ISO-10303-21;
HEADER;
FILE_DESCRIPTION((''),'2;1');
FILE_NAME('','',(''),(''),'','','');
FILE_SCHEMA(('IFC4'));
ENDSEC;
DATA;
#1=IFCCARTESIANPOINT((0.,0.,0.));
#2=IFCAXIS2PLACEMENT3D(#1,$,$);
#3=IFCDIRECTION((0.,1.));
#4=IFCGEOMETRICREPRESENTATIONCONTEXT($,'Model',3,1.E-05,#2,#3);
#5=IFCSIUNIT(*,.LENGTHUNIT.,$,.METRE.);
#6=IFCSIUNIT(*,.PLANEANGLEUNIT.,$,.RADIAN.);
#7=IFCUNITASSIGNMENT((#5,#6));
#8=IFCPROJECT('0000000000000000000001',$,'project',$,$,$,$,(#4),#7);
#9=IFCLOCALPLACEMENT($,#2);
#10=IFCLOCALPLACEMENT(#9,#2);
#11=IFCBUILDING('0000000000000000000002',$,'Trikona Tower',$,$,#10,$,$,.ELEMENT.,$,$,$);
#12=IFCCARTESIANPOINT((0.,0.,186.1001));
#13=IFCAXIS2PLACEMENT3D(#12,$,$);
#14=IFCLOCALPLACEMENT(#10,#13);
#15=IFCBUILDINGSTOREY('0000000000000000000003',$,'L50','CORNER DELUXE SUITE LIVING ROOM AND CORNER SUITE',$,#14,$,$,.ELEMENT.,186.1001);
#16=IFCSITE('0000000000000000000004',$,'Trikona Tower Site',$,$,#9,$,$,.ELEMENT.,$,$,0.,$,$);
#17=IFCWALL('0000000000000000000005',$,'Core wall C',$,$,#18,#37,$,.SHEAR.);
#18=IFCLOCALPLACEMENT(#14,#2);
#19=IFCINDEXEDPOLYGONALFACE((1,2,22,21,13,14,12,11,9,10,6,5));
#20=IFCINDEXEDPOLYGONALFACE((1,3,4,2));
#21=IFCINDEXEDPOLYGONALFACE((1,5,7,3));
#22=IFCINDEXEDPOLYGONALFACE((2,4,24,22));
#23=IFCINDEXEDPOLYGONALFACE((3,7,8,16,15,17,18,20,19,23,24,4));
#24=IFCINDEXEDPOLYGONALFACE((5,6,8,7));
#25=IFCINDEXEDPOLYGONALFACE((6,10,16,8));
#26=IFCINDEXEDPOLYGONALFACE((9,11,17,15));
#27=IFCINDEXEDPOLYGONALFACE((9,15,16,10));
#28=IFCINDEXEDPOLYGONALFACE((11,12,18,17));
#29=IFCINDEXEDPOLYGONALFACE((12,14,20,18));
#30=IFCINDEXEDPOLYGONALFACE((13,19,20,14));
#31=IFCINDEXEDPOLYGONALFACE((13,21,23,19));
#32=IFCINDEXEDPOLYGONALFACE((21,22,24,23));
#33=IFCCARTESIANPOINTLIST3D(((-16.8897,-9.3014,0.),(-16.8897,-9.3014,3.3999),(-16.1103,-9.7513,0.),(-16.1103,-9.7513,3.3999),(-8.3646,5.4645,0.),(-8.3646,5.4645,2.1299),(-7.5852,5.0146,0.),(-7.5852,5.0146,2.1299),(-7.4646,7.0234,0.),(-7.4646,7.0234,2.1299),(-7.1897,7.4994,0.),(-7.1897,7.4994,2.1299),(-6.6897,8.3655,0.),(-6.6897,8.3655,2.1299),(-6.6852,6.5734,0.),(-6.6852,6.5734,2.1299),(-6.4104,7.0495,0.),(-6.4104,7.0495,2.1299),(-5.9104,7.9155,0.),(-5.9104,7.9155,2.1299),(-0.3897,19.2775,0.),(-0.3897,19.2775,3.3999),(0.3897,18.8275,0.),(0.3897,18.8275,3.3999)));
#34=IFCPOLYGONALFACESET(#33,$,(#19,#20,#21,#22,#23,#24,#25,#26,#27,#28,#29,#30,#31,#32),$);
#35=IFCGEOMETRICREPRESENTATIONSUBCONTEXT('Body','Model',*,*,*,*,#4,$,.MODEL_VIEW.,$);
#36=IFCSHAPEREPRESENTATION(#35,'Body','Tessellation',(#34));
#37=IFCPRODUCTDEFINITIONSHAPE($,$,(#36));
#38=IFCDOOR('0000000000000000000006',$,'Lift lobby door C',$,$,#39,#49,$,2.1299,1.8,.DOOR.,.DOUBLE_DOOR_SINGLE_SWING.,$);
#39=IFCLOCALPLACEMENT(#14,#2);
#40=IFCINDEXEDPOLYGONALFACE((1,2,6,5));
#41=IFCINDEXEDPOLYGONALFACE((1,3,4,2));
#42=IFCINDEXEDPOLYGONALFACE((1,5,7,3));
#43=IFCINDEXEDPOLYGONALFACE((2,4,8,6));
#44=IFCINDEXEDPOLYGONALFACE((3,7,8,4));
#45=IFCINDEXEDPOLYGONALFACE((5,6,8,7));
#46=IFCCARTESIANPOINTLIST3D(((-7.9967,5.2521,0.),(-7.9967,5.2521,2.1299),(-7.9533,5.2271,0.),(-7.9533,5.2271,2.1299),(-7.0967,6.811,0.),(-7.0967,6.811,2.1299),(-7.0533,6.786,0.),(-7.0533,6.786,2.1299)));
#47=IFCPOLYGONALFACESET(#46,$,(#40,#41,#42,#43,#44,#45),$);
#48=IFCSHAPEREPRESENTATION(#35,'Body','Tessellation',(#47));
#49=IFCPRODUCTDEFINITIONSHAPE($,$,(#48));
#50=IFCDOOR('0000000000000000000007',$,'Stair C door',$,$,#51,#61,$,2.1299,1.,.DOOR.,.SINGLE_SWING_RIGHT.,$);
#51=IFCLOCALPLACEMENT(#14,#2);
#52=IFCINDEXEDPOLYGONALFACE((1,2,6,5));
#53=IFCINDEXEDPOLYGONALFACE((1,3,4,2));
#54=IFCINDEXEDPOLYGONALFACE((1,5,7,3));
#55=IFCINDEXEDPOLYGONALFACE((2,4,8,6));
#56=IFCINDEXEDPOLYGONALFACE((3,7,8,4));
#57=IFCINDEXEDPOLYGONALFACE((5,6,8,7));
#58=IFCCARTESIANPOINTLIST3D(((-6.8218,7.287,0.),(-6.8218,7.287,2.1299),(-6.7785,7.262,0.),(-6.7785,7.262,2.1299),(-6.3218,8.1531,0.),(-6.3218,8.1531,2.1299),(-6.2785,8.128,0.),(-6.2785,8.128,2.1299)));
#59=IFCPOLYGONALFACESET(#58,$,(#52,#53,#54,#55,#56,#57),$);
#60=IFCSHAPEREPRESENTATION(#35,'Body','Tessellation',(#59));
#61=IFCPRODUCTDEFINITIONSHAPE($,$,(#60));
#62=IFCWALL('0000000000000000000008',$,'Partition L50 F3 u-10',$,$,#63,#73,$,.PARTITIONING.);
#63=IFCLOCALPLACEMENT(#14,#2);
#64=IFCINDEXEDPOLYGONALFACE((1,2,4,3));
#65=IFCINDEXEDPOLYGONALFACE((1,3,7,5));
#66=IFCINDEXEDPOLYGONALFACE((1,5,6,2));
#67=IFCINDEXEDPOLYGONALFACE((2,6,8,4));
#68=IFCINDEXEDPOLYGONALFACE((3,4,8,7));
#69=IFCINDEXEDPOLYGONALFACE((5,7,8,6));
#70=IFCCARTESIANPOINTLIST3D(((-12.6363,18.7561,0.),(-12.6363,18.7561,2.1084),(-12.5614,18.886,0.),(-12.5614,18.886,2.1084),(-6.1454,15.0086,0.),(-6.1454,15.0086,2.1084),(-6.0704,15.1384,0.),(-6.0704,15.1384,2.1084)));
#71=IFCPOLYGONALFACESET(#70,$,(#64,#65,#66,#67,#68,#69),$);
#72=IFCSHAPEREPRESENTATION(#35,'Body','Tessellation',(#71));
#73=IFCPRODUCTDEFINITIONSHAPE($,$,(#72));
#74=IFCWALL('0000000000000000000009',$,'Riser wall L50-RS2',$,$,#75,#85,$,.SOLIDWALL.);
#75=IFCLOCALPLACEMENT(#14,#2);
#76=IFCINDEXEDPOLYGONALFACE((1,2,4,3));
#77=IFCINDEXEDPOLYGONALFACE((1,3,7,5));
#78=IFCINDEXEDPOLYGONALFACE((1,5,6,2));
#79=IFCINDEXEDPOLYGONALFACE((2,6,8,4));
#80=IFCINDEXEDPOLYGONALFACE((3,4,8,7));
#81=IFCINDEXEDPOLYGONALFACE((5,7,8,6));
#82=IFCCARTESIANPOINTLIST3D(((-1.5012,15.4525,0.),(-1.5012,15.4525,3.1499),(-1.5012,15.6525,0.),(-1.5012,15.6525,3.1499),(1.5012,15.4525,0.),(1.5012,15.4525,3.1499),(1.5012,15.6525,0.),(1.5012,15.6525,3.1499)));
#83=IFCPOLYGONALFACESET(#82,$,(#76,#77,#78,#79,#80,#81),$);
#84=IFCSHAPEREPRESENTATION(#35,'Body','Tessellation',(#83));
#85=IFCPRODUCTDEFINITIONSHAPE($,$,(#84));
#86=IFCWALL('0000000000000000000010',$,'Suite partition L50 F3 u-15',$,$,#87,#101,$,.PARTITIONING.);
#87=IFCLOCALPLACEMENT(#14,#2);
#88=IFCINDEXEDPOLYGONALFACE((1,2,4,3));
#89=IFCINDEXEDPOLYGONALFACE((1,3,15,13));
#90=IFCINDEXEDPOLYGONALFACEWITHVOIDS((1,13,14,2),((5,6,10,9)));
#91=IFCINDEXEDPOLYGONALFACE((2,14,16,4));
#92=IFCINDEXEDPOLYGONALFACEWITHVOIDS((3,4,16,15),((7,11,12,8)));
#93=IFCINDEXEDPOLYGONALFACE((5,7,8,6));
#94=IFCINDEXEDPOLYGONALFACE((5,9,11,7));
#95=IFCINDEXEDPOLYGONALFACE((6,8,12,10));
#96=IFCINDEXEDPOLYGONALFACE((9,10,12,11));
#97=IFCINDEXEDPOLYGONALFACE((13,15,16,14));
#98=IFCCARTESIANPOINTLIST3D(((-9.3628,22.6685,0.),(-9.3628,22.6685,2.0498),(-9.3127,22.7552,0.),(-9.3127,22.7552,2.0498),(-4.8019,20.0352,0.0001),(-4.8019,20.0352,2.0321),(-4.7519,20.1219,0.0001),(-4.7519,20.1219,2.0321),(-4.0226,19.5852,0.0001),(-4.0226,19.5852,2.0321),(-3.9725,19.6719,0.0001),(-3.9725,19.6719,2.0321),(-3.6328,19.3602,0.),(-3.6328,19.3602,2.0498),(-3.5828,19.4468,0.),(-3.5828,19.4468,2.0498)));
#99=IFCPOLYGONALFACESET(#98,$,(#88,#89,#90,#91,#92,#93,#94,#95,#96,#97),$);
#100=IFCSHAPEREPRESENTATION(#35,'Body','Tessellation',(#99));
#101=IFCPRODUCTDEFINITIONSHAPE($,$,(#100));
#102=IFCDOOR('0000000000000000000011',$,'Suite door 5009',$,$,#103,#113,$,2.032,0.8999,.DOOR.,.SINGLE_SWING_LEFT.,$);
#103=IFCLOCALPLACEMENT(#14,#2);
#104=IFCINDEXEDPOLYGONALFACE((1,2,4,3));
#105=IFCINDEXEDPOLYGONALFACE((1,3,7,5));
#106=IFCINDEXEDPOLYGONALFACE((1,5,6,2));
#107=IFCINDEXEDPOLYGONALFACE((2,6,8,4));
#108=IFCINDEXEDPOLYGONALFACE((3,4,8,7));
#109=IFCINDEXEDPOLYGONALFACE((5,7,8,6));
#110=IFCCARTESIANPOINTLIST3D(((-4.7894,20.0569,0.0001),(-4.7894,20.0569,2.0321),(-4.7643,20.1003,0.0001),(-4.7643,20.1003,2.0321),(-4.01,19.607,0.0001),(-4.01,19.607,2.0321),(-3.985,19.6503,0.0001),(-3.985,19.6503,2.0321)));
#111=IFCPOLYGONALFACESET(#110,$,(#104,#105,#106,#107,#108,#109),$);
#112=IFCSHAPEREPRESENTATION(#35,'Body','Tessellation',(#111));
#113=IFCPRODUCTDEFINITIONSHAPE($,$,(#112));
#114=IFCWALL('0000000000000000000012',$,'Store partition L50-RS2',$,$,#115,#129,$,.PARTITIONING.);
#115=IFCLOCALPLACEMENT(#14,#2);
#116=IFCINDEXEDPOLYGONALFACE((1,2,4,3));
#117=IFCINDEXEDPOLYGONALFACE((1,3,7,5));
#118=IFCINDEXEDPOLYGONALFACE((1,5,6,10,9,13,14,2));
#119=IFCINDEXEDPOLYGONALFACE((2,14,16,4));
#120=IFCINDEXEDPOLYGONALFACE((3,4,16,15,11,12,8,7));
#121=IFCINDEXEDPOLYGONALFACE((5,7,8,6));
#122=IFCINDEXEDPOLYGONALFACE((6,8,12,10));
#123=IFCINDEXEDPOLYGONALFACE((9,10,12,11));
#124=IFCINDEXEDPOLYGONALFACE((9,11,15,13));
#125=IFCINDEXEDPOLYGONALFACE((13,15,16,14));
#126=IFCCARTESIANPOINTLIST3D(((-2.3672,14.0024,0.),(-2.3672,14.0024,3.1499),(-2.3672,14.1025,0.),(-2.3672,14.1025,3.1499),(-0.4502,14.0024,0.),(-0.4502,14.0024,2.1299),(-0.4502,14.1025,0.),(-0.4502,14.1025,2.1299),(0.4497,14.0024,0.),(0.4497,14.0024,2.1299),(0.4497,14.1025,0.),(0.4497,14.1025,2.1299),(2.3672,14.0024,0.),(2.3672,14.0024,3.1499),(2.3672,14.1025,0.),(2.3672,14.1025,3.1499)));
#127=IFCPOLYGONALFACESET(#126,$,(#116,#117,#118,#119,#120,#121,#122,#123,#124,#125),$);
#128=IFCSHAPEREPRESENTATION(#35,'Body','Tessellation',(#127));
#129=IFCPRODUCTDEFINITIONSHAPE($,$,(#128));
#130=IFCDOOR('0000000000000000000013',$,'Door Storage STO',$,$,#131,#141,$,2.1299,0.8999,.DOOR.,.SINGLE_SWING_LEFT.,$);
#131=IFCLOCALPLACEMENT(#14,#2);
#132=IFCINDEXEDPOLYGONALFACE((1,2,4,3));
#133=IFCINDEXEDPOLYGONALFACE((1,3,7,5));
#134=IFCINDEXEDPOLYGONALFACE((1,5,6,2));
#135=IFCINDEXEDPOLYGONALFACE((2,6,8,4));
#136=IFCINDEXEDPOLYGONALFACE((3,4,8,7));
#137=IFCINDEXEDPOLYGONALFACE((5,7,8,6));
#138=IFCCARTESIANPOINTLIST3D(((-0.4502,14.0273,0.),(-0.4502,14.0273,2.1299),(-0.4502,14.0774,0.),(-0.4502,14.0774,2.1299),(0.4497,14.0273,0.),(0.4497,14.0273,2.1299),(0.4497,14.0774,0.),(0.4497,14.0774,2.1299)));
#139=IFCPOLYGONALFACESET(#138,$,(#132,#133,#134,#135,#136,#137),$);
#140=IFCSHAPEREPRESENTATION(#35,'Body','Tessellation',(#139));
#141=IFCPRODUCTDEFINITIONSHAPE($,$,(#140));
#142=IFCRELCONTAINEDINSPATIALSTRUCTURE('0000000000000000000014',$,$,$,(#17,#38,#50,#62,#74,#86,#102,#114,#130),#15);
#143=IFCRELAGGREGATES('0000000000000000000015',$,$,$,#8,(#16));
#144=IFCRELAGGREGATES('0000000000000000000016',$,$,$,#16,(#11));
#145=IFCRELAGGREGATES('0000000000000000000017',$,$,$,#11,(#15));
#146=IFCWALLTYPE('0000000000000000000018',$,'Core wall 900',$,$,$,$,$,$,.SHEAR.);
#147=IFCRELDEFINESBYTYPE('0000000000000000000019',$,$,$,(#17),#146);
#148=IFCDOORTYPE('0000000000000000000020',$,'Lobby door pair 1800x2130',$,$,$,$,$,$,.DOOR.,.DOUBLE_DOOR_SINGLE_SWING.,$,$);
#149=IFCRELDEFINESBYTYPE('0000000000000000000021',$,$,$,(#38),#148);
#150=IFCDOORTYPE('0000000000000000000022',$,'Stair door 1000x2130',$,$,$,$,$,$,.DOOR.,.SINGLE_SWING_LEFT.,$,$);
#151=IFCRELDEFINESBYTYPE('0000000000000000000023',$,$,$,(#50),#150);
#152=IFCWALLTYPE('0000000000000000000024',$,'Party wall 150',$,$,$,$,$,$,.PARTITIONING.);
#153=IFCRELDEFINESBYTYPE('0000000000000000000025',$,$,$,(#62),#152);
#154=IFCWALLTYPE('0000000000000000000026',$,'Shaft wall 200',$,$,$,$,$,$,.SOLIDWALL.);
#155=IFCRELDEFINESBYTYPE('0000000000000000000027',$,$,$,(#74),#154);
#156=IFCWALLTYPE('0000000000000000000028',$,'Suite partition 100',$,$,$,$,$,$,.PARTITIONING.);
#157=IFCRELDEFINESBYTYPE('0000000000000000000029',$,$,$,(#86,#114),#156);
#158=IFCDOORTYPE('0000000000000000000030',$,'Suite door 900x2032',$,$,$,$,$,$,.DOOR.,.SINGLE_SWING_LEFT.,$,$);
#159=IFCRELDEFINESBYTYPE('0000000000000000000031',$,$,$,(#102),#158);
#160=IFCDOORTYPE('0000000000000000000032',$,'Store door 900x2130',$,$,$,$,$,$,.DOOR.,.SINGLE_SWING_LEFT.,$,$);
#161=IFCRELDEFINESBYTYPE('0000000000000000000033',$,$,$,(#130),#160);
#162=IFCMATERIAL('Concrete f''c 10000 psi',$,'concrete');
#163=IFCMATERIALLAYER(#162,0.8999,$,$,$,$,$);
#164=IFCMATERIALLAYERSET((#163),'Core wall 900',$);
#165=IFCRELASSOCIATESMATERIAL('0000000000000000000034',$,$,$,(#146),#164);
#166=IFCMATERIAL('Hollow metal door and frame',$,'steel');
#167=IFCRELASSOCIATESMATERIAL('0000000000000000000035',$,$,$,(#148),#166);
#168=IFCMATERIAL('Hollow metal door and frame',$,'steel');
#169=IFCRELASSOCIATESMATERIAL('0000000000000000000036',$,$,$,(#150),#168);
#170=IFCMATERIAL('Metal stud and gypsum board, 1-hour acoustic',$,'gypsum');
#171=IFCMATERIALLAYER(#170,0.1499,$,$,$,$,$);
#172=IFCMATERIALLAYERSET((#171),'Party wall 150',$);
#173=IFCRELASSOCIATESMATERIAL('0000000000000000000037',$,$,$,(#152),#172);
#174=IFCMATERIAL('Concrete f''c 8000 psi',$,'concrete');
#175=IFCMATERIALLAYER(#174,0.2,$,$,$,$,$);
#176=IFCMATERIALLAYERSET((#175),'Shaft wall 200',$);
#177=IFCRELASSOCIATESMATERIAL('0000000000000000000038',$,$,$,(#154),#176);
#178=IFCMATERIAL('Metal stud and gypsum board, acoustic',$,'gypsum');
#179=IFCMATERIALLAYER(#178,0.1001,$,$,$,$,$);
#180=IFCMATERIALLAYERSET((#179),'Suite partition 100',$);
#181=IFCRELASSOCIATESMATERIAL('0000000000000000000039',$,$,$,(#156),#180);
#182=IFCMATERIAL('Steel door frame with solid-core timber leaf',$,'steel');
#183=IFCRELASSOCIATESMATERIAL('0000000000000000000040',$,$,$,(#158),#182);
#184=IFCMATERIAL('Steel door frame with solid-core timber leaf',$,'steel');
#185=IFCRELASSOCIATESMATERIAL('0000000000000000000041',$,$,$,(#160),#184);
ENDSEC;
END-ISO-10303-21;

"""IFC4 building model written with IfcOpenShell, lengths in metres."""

from ifc_helpers import new_model, si_unit, direction, frame, frame_2d, origin, place, context, subcontext, project, spatial, rectangle, extrude, material, layer, layer_set, type_object, element, fill, save


model = new_model("IFC4")

# Units and contexts
model_context = context("Model", 3, precision=1e-05, world=origin(), true_north=direction((0.0, 1.0)))
body_context = subcontext(model_context, "Body", "Model", "MODEL_VIEW")
ifc_project = project(units=[si_unit("LENGTHUNIT", "METRE"), si_unit("PLANEANGLEUNIT", "RADIAN")], contexts=[model_context])

# Site, building, storey
site_placement = place(None, origin())
site = spatial("IfcSite", under=ifc_project, at=site_placement, Name="Trikona Tower Site", CompositionType="ELEMENT", RefElevation=0.0)
building_placement = place(site_placement, origin())
building = spatial("IfcBuilding", under=site, at=building_placement, Name="Trikona Tower", CompositionType="ELEMENT")
storey_placement = place(building_placement, frame((0.0, 0.0, 186.1001)))
storey = spatial("IfcBuildingStorey", under=building, at=storey_placement, Name="L50", Description="CORNER DELUXE SUITE LIVING ROOM AND CORNER SUITE", CompositionType="ELEMENT", Elevation=186.1001)

# Wall, openings, doors
ifc_material_1 = material(Name="Concrete f'c 10000 psi", Category="concrete")
ifc_layer_1 = layer(ifc_material_1, 0.8999)
ifc_layer_set_1 = layer_set([ifc_layer_1], Name="Core wall 900")
wall_type_1 = type_object("IfcWallType", Name="Core wall 900", PredefinedType="SHEAR", material=ifc_layer_set_1)
wall_1_placement = place(storey_placement, frame((0.0, 19.0525, 0.0), z_axis=(0.0, 0.0, 1.0), x_axis=(-0.5, -0.866026, 0.0)))
wall_1 = element("IfcWall", 1, at=wall_1_placement, inside=storey, type_object=wall_type_1, Name="Core wall C", PredefinedType="SHEAR", context=body_context, shape_type="SweptSolid", body=[
    extrude(rectangle(XDim=33.0, YDim=0.8999, at=frame_2d((16.5, 0.0))), origin(), (0.0, 0.0, 1.0), 3.3999),
])
opening_1_placement = place(wall_1_placement, frame((14.1499, 0.0, 0.0)))
opening_1 = element("IfcOpeningElement", 2, at=opening_1_placement, cuts=wall_1, PredefinedType="OPENING", context=body_context, shape_type="SweptSolid", body=[
    extrude(rectangle(XDim=1.8, YDim=2.1299, at=frame_2d((0.8999, 1.0649))), frame((0.0, 0.46, 0.0), z_axis=(0.0, -1.0, 0.0), x_axis=(1.0, 0.0, 0.0)), (0.0, 0.0, 1.0), 0.9199),
])
opening_2_placement = place(wall_1_placement, frame((12.6001, 0.0, 0.0)))
opening_2 = element("IfcOpeningElement", 3, at=opening_2_placement, cuts=wall_1, PredefinedType="OPENING", context=body_context, shape_type="SweptSolid", body=[
    extrude(rectangle(XDim=1.0, YDim=2.1299, at=frame_2d((0.5, 1.0649))), frame((0.0, 0.46, 0.0), z_axis=(0.0, -1.0, 0.0), x_axis=(1.0, 0.0, 0.0)), (0.0, 0.0, 1.0), 0.9199),
])
ifc_material_2 = material(Name="Hollow metal door and frame", Category="steel")
door_type_1 = type_object("IfcDoorType", Name="Lobby door pair 1800x2130", OperationType="DOUBLE_DOOR_SINGLE_SWING", PredefinedType="DOOR", material=ifc_material_2)
door_1_placement = place(opening_1_placement, origin())
door_1 = element("IfcDoor", 4, at=door_1_placement, inside=storey, type_object=door_type_1, Name="Lift lobby door C", OperationType="DOUBLE_DOOR_SINGLE_SWING", OverallHeight=2.1299, OverallWidth=1.8, PredefinedType="DOOR", context=body_context, shape_type="SweptSolid", body=[
    extrude(rectangle(XDim=1.8, YDim=2.1299, at=frame_2d((0.8999, 1.0649))), frame((0.0, 0.0249, 0.0), z_axis=(0.0, -1.0, 0.0), x_axis=(1.0, 0.0, 0.0)), (0.0, 0.0, 1.0), 0.05),
])
fill(opening_1, door_1)
ifc_material_3 = material(Name="Hollow metal door and frame", Category="steel")
door_type_2 = type_object("IfcDoorType", Name="Stair door 1000x2130", OperationType="SINGLE_SWING_LEFT", PredefinedType="DOOR", material=ifc_material_3)
door_2_placement = place(opening_2_placement, origin())
door_2 = element("IfcDoor", 5, at=door_2_placement, inside=storey, type_object=door_type_2, Name="Stair C door", OperationType="SINGLE_SWING_RIGHT", OverallHeight=2.1299, OverallWidth=1.0, PredefinedType="DOOR", context=body_context, shape_type="SweptSolid", body=[
    extrude(rectangle(XDim=1.0, YDim=2.1299, at=frame_2d((0.5, 1.0649))), frame((0.0, 0.0249, 0.0), z_axis=(0.0, -1.0, 0.0), x_axis=(1.0, 0.0, 0.0)), (0.0, 0.0, 1.0), 0.05),
])
fill(opening_2, door_2)

# Walls
ifc_material_4 = material(Name="Metal stud and gypsum board, 1-hour acoustic", Category="gypsum")
ifc_layer_2 = layer(ifc_material_4, 0.1499)
ifc_layer_set_2 = layer_set([ifc_layer_2], Name="Party wall 150")
wall_type_2 = type_object("IfcWallType", Name="Party wall 150", PredefinedType="PARTITIONING", material=ifc_layer_set_2)
wall_2_placement = place(storey_placement, frame((-6.1079, 15.0735, 0.0), z_axis=(0.0, 0.0, 1.0), x_axis=(-0.866026, 0.5, 0.0)))
element("IfcWall", 6, at=wall_2_placement, inside=storey, type_object=wall_type_2, Name="Partition L50 F3 u-10", PredefinedType="PARTITIONING", context=body_context, shape_type="SweptSolid", body=[
    extrude(rectangle(XDim=7.4951, YDim=0.1499, at=frame_2d((3.7476, 0.0))), origin(), (0.0, 0.0, 1.0), 2.1084),
])
ifc_material_5 = material(Name="Concrete f'c 8000 psi", Category="concrete")
ifc_layer_3 = layer(ifc_material_5, 0.2)
ifc_layer_set_3 = layer_set([ifc_layer_3], Name="Shaft wall 200")
wall_type_3 = type_object("IfcWallType", Name="Shaft wall 200", PredefinedType="SOLIDWALL", material=ifc_layer_set_3)
wall_3_placement = place(storey_placement, frame((-1.5012, 15.5525, 0.0), z_axis=(0.0, 0.0, 1.0), x_axis=(1.0, 0.0, 0.0)))
element("IfcWall", 7, at=wall_3_placement, inside=storey, type_object=wall_type_3, Name="Riser wall L50-RS2", PredefinedType="SOLIDWALL", context=body_context, shape_type="SweptSolid", body=[
    extrude(rectangle(XDim=3.0024, YDim=0.2, at=frame_2d((1.5012, 0.0))), origin(), (0.0, 0.0, 1.0), 3.1499),
])

# Walls, openings, doors
ifc_material_6 = material(Name="Metal stud and gypsum board, acoustic", Category="gypsum")
ifc_layer_4 = layer(ifc_material_6, 0.1001)
ifc_layer_set_4 = layer_set([ifc_layer_4], Name="Suite partition 100")
wall_type_4 = type_object("IfcWallType", Name="Suite partition 100", PredefinedType="PARTITIONING", material=ifc_layer_set_4)
wall_4_placement = place(storey_placement, frame((-3.6079, 19.4036, 0.0), z_axis=(0.0, 0.0, 1.0), x_axis=(-0.866016, 0.500016, 0.0)))
wall_4 = element("IfcWall", 8, at=wall_4_placement, inside=storey, type_object=wall_type_4, Name="Suite partition L50 F3 u-15", PredefinedType="PARTITIONING", context=body_context, shape_type="SweptSolid", body=[
    extrude(rectangle(XDim=6.6165, YDim=0.1001, at=frame_2d((3.3081, 0.0))), origin(), (0.0, 0.0, 1.0), 2.0498),
])
opening_3_placement = place(wall_4_placement, frame((0.45, 0.0, 0.0)))
opening_3 = element("IfcOpeningElement", 9, at=opening_3_placement, cuts=wall_4, PredefinedType="OPENING", context=body_context, shape_type="SweptSolid", body=[
    extrude(rectangle(XDim=0.8999, YDim=2.032, at=frame_2d((0.45, 1.0161))), frame((0.0, 0.0601, 0.0), z_axis=(0.0, -1.0, 0.0), x_axis=(1.0, 0.0, 0.0)), (0.0, 0.0, 1.0), 0.1201),
])
ifc_material_7 = material(Name="Steel door frame with solid-core timber leaf", Category="steel")
door_type_3 = type_object("IfcDoorType", Name="Suite door 900x2032", OperationType="SINGLE_SWING_LEFT", PredefinedType="DOOR", material=ifc_material_7)
door_3_placement = place(opening_3_placement, origin())
door_3 = element("IfcDoor", 10, at=door_3_placement, inside=storey, type_object=door_type_3, Name="Suite door 5009", OperationType="SINGLE_SWING_LEFT", OverallHeight=2.032, OverallWidth=0.8999, PredefinedType="DOOR", context=body_context, shape_type="SweptSolid", body=[
    extrude(rectangle(XDim=0.8999, YDim=2.032, at=frame_2d((0.45, 1.0161))), frame((0.0, 0.0249, 0.0), z_axis=(0.0, -1.0, 0.0), x_axis=(1.0, 0.0, 0.0)), (0.0, 0.0, 1.0), 0.05),
])
fill(opening_3, door_3)
wall_5_placement = place(storey_placement, frame((-2.3672, 14.0525, 0.0), z_axis=(0.0, 0.0, 1.0), x_axis=(1.0, 0.0, 0.0)))
wall_5 = element("IfcWall", 11, at=wall_5_placement, inside=storey, type_object=wall_type_4, Name="Store partition L50-RS2", PredefinedType="PARTITIONING", context=body_context, shape_type="SweptSolid", body=[
    extrude(rectangle(XDim=4.7344, YDim=0.1001, at=frame_2d((2.3672, 0.0))), origin(), (0.0, 0.0, 1.0), 3.1499),
])
opening_4_placement = place(wall_5_placement, frame((1.917, 0.0, 0.0)))
opening_4 = element("IfcOpeningElement", 12, at=opening_4_placement, cuts=wall_5, PredefinedType="OPENING", context=body_context, shape_type="SweptSolid", body=[
    extrude(rectangle(XDim=0.8999, YDim=2.1299, at=frame_2d((0.45, 1.0649))), frame((0.0, 0.0601, 0.0), z_axis=(0.0, -1.0, 0.0), x_axis=(1.0, 0.0, 0.0)), (0.0, 0.0, 1.0), 0.1201),
])
ifc_material_8 = material(Name="Steel door frame with solid-core timber leaf", Category="steel")
door_type_4 = type_object("IfcDoorType", Name="Store door 900x2130", OperationType="SINGLE_SWING_LEFT", PredefinedType="DOOR", material=ifc_material_8)
door_4_placement = place(opening_4_placement, origin())
door_4 = element("IfcDoor", 13, at=door_4_placement, inside=storey, type_object=door_type_4, Name="Door Storage STO", OperationType="SINGLE_SWING_LEFT", OverallHeight=2.1299, OverallWidth=0.8999, PredefinedType="DOOR", context=body_context, shape_type="SweptSolid", body=[
    extrude(rectangle(XDim=0.8999, YDim=2.1299, at=frame_2d((0.45, 1.0649))), frame((0.0, 0.0249, 0.0), z_axis=(0.0, -1.0, 0.0), x_axis=(1.0, 0.0, 0.0)), (0.0, 0.0, 1.0), 0.05),
])
fill(opening_4, door_4)

save(model, "model.ifc")
